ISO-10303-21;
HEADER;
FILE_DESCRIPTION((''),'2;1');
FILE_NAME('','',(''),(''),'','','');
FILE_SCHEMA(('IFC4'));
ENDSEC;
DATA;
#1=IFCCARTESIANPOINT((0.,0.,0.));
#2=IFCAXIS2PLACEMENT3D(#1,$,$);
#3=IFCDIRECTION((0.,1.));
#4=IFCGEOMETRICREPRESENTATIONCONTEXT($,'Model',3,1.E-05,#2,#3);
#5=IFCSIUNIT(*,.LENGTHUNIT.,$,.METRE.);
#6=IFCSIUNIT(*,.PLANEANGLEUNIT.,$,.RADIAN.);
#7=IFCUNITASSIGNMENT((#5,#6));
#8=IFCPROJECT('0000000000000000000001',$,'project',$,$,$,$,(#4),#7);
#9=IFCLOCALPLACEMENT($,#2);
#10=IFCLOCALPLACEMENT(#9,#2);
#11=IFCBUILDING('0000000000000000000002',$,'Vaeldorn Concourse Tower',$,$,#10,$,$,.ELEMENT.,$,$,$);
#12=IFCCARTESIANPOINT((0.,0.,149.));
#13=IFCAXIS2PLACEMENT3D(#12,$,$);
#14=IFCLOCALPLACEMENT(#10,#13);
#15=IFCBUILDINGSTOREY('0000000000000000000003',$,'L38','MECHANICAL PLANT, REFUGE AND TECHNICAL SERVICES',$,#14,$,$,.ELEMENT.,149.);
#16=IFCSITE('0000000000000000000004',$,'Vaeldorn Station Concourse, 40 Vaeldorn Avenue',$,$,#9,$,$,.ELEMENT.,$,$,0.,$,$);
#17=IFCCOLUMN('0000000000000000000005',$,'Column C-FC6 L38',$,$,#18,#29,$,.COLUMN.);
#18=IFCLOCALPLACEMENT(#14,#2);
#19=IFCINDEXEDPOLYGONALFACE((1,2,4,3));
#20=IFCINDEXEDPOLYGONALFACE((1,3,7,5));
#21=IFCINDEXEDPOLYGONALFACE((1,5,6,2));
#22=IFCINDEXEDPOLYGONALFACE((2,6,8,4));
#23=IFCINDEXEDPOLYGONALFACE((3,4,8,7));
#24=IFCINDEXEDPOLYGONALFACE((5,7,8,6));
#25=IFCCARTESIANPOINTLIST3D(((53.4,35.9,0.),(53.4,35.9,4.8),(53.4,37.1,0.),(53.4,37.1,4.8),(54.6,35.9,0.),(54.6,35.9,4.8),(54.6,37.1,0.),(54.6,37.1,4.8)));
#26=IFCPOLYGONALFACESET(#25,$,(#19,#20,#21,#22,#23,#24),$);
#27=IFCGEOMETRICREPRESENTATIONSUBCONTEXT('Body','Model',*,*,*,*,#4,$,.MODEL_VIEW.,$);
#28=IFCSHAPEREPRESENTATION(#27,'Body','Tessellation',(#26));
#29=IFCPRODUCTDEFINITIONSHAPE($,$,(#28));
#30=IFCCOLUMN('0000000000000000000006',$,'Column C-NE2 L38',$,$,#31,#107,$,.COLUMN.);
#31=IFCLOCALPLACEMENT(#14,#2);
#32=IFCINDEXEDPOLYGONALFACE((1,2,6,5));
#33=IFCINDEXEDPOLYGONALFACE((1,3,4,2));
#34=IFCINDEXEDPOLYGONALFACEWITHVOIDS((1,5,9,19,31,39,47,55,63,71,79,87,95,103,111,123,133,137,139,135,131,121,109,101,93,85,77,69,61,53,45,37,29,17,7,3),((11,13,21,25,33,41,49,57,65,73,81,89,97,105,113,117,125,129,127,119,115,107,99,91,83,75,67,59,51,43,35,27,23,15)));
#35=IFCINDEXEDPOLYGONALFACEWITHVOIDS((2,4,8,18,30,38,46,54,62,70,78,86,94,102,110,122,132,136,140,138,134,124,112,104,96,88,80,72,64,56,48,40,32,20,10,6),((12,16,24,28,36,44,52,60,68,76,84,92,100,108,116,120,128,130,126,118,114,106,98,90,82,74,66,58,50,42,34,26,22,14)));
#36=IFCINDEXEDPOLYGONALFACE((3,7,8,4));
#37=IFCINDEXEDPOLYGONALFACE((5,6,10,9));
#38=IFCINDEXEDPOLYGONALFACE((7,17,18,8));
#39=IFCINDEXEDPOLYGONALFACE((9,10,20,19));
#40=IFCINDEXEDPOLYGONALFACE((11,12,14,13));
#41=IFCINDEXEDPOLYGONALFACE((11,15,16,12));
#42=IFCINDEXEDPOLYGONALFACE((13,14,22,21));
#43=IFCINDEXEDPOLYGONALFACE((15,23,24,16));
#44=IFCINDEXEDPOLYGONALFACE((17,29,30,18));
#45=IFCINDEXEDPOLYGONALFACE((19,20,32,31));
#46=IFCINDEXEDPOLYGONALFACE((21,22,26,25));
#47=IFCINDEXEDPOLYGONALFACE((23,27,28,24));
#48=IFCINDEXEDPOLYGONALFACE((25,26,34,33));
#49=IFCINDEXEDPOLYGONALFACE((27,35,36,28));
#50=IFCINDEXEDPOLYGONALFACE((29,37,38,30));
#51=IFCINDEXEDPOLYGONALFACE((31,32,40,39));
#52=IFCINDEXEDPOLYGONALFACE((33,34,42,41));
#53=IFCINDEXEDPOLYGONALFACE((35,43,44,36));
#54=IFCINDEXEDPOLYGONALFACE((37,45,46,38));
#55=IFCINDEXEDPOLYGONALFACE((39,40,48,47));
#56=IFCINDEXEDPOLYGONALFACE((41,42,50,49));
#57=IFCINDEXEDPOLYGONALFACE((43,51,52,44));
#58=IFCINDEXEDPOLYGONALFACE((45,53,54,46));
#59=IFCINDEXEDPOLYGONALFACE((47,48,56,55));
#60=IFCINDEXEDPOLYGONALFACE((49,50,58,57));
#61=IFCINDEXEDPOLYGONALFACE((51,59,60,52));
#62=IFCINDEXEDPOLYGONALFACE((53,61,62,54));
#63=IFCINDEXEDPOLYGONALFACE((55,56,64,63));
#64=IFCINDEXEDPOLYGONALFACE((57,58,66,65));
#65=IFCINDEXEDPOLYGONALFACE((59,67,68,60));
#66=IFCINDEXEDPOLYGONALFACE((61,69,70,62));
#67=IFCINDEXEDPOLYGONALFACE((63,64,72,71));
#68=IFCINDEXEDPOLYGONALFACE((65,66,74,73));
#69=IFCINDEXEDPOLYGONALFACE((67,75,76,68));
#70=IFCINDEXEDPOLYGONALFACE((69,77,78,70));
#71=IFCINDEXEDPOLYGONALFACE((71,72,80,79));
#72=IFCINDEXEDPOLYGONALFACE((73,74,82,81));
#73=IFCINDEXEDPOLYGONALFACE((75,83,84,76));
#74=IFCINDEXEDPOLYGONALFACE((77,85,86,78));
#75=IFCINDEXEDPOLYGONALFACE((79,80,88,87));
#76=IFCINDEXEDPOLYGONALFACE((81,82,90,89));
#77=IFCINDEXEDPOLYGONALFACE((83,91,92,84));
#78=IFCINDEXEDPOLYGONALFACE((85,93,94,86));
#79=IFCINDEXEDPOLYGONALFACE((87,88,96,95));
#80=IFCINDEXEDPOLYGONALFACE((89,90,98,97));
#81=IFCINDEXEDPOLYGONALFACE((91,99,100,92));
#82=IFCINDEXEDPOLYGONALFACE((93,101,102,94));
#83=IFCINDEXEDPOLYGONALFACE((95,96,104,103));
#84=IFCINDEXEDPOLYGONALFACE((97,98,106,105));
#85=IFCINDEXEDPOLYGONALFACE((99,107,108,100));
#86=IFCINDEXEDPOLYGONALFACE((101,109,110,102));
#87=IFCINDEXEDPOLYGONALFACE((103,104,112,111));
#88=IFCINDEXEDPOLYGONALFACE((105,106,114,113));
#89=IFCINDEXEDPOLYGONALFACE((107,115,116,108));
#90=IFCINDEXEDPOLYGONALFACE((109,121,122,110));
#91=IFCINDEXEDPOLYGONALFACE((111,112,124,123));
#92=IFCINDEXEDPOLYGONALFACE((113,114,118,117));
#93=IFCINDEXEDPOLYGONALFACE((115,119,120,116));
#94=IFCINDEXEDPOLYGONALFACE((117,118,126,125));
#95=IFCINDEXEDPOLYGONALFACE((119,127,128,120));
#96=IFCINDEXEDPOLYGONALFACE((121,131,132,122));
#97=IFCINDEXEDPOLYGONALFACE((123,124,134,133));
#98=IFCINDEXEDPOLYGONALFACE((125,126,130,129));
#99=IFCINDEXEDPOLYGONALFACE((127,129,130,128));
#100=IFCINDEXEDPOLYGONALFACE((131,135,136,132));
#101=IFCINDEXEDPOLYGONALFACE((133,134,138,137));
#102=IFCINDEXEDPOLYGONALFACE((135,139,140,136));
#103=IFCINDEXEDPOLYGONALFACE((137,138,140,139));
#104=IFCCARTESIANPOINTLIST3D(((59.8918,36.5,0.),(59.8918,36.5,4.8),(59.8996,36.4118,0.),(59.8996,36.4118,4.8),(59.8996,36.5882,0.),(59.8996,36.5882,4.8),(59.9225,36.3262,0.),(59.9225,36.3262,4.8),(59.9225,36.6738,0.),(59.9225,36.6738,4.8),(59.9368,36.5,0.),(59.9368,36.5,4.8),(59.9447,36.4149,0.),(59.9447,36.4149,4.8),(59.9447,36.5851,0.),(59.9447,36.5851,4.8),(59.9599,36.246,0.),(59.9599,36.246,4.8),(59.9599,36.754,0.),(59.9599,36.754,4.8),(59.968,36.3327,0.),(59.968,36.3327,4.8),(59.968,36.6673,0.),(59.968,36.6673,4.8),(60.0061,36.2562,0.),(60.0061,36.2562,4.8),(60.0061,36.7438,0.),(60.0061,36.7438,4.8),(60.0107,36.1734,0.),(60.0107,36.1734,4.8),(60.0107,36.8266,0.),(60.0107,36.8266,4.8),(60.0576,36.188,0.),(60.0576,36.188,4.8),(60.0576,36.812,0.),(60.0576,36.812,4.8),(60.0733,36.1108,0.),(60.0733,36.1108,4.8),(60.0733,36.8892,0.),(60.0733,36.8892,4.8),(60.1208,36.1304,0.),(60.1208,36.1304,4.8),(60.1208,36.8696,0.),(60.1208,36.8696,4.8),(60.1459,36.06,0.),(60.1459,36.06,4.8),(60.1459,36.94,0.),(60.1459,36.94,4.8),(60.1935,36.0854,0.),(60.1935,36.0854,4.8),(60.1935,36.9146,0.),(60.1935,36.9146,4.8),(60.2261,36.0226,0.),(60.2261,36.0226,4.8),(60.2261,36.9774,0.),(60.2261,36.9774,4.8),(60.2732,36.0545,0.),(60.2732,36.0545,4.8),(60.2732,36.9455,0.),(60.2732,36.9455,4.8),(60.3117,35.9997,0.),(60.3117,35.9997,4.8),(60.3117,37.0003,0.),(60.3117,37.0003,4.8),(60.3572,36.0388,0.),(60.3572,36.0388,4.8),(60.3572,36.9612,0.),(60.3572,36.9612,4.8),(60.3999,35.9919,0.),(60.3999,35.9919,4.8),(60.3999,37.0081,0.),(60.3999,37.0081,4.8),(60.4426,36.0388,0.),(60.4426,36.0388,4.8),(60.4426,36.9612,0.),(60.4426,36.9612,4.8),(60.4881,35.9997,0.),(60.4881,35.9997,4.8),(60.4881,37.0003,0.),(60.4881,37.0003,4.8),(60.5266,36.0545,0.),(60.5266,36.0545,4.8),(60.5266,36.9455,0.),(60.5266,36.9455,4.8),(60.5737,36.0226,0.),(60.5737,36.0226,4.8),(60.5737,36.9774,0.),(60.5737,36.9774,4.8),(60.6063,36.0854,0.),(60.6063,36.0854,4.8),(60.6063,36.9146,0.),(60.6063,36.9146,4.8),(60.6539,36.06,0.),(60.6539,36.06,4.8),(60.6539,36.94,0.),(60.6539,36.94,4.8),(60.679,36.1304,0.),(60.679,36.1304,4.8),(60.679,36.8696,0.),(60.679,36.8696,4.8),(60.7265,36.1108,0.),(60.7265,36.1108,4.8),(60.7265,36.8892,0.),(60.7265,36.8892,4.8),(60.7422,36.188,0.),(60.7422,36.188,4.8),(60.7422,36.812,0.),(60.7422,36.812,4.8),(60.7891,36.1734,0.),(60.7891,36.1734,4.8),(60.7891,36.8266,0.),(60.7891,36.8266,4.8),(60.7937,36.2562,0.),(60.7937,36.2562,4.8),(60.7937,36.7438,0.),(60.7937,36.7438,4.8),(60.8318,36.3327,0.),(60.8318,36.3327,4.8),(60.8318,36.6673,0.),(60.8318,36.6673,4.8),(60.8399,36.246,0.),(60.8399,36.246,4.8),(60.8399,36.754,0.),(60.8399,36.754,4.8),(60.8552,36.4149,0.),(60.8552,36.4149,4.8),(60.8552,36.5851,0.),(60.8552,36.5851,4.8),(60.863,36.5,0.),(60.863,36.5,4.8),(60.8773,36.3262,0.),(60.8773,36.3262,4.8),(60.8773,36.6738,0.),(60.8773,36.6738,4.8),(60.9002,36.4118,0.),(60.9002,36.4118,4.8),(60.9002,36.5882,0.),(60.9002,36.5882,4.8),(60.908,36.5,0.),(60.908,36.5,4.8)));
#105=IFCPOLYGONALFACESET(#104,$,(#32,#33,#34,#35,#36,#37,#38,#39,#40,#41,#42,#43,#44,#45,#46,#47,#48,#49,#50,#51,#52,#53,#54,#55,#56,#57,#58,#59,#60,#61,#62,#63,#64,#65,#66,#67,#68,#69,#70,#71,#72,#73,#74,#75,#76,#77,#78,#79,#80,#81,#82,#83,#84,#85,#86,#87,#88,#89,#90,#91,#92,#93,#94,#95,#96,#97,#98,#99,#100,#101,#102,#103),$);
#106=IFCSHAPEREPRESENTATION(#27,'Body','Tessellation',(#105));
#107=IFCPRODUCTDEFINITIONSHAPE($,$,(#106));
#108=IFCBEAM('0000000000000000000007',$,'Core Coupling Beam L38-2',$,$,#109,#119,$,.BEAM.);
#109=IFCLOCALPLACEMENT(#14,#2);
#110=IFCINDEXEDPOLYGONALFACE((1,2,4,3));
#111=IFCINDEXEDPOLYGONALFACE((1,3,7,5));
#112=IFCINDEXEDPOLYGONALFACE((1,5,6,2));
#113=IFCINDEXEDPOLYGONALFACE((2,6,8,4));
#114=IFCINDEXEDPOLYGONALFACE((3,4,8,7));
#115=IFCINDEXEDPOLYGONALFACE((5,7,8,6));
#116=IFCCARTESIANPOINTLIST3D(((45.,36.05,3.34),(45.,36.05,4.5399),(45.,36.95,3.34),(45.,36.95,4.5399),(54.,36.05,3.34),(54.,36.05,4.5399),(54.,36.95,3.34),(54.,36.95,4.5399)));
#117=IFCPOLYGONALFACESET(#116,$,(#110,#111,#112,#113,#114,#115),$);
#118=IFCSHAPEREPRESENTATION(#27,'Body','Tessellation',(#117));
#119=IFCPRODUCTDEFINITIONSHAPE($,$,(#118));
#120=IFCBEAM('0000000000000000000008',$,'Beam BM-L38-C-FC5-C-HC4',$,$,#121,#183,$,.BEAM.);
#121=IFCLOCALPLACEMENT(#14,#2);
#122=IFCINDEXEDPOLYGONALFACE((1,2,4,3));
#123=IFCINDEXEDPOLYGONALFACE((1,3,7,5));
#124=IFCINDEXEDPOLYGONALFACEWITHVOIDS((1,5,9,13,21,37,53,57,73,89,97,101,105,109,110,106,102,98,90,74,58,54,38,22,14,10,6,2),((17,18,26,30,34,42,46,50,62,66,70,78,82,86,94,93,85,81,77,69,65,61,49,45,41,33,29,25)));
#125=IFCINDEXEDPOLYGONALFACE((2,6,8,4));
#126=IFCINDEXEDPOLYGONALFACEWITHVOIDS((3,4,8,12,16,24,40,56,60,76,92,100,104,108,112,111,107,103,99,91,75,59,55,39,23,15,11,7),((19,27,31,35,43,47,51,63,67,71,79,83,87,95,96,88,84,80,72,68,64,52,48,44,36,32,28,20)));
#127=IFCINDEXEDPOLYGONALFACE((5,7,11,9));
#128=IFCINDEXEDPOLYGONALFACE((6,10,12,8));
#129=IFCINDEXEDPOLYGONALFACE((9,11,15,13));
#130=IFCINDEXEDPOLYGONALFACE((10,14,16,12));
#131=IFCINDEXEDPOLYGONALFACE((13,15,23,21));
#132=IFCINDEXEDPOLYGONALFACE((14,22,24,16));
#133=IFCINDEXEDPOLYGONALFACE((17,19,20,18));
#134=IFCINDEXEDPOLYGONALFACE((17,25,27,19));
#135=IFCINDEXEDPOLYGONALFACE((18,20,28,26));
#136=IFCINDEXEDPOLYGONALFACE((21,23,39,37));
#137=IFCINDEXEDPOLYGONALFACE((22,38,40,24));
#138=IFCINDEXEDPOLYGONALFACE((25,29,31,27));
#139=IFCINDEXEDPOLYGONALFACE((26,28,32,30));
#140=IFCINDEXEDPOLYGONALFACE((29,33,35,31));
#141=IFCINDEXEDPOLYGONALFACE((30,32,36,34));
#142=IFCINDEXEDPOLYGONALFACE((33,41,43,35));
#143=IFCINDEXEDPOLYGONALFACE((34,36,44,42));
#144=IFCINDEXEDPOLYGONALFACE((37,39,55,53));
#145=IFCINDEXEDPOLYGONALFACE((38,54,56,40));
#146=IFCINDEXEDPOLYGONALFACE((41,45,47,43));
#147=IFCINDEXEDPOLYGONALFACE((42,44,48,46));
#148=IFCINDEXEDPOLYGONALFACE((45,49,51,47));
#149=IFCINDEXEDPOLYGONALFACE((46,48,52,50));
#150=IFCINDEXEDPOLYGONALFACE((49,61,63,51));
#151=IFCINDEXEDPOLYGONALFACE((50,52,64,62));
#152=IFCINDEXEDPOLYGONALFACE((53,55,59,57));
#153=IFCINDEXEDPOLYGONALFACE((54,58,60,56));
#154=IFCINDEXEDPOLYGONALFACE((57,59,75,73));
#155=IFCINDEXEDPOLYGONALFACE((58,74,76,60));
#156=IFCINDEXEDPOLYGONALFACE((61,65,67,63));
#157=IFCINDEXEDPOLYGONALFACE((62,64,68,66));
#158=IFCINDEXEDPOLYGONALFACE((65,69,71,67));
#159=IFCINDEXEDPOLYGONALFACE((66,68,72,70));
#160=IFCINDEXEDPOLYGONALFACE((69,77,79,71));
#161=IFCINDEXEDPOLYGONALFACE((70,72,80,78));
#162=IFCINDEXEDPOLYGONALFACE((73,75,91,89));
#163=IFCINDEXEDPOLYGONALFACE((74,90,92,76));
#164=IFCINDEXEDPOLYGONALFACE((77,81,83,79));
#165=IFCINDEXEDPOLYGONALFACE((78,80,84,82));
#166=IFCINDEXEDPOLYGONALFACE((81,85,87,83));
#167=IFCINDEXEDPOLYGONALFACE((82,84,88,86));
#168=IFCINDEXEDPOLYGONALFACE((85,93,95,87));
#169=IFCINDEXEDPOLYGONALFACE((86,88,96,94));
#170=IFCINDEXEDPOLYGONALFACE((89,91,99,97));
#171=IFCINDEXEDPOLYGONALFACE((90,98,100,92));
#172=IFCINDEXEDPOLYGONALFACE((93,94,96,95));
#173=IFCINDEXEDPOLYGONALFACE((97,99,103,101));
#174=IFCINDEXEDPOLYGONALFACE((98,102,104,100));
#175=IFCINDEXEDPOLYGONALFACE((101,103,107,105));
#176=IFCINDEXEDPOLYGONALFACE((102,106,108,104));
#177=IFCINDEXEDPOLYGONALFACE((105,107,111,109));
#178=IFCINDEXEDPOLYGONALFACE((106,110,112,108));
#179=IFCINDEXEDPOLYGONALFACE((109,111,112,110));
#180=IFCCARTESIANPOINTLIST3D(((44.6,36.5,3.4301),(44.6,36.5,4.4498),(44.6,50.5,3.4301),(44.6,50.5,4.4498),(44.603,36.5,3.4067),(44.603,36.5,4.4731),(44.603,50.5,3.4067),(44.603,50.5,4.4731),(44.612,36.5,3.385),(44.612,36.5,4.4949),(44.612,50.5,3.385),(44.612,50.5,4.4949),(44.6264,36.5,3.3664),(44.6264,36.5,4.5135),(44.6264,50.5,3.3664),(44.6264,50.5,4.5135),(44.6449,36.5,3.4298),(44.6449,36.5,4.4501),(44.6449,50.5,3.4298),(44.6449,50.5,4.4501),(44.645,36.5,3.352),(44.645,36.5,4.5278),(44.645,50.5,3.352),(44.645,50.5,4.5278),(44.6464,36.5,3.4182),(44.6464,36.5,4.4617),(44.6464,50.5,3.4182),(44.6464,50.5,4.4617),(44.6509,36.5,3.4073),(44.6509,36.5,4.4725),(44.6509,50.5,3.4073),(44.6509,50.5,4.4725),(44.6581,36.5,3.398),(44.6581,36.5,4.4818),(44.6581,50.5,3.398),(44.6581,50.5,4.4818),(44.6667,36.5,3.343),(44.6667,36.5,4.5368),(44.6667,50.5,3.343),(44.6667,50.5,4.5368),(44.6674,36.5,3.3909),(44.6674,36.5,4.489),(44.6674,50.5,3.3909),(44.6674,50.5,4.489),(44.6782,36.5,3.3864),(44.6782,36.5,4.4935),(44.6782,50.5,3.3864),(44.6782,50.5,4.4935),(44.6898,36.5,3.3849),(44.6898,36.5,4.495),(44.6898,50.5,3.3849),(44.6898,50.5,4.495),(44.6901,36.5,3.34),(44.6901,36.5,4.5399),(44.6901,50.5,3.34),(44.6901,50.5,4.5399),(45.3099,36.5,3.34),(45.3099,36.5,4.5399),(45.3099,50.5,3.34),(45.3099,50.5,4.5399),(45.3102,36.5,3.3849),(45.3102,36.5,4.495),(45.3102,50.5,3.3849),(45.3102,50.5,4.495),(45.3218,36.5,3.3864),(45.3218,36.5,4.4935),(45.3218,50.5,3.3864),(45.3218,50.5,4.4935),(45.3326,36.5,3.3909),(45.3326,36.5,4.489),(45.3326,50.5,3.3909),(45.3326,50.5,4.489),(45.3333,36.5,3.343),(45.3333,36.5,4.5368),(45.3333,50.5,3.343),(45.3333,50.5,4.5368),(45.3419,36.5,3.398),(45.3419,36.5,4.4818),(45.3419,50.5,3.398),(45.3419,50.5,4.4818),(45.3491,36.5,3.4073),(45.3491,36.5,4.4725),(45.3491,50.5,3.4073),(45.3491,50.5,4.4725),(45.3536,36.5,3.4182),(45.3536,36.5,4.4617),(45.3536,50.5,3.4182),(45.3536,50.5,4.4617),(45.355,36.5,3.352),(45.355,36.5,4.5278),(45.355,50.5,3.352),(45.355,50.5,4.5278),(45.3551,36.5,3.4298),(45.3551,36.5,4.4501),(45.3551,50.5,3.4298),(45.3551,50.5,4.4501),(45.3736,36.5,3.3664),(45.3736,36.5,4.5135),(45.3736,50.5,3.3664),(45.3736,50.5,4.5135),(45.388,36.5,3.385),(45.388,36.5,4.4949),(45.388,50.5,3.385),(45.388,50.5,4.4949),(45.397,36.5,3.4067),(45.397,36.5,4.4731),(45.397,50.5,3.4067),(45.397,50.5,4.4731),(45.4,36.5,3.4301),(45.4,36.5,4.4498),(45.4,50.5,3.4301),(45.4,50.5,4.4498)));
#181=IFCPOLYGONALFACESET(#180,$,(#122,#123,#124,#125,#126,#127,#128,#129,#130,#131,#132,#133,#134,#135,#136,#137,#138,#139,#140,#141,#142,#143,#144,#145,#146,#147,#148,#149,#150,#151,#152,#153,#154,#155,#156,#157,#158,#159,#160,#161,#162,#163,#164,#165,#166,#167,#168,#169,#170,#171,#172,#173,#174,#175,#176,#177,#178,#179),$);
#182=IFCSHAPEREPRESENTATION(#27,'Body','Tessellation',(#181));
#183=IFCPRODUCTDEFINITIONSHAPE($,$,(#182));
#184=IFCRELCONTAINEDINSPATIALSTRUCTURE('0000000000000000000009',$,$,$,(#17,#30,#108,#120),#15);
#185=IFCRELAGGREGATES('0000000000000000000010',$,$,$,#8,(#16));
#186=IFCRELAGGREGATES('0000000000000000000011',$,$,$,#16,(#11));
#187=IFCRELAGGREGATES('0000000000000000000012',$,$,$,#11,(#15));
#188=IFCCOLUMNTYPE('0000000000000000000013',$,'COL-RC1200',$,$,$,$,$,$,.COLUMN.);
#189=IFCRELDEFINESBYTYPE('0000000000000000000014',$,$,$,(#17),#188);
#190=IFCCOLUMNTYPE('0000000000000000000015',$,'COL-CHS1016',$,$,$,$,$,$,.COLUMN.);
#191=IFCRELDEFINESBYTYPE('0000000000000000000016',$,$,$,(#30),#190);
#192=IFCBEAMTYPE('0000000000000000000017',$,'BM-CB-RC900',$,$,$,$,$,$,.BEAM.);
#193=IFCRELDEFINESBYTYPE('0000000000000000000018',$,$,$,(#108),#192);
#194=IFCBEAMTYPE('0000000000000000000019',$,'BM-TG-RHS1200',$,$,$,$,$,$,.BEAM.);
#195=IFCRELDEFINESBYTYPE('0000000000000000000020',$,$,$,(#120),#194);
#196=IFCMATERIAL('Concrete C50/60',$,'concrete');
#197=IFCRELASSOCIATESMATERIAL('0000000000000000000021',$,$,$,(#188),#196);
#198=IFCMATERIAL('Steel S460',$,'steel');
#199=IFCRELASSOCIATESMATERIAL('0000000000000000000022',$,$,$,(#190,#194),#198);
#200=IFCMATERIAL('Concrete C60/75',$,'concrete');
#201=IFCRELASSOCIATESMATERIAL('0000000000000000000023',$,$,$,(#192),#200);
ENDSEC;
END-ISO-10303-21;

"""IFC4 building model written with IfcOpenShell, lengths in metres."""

from ifc_helpers import new_model, si_unit, direction, frame, origin, origin_2d, place, context, subcontext, project, spatial, rectangle, hollow_rectangle, hollow_circle, extrude, source, transform, mapped, material, material_profile, profile_set, type_object, element, save


model = new_model("IFC4")

# Units and contexts
model_context = context("Model", 3, precision=1e-05, world=origin(), true_north=direction((0.0, 1.0)))
body_context = subcontext(model_context, "Body", "Model", "MODEL_VIEW")
ifc_project = project(units=[si_unit("LENGTHUNIT", "METRE"), si_unit("PLANEANGLEUNIT", "RADIAN")], contexts=[model_context])

# Site, building, storey
site_placement = place(None, origin())
site = spatial("IfcSite", under=ifc_project, at=site_placement, Name="Vaeldorn Station Concourse, 40 Vaeldorn Avenue", CompositionType="ELEMENT", RefElevation=0.0)
building_placement = place(site_placement, origin())
building = spatial("IfcBuilding", under=site, at=building_placement, Name="Vaeldorn Concourse Tower", CompositionType="ELEMENT")
storey_placement = place(building_placement, frame((0.0, 0.0, 149.0)))
storey = spatial("IfcBuildingStorey", under=building, at=storey_placement, Name="L38", Description="MECHANICAL PLANT, REFUGE AND TECHNICAL SERVICES", CompositionType="ELEMENT", Elevation=149.0)

# Columns
ifc_material_1 = material(Name="Concrete C50/60", Category="concrete")
ifc_material_profile_1 = material_profile(ifc_material_1, rectangle(XDim=1.2, YDim=1.2, at=origin_2d()), Name="RC 1200x1200")
ifc_profile_set_1 = profile_set([ifc_material_profile_1], Name="Concrete C50/60")
column_type_1 = type_object("IfcColumnType", Name="COL-RC1200", PredefinedType="COLUMN", material=ifc_profile_set_1)
shared_shape_1 = source(origin(), body_context, "Body", "SweptSolid", [
    extrude(rectangle(XDim=1.2, YDim=1.2, at=origin_2d()), origin(), (0.0, 0.0, 1.0), 4.8),
])
column_1_placement = place(storey_placement, frame((54.0, 36.5, 0.0), z_axis=(0.0, 0.0, 1.0), x_axis=(1.0, 0.0, 0.0)))
element("IfcColumn", 1, at=column_1_placement, inside=storey, type_object=column_type_1, Name="Column C-FC6 L38", PredefinedType="COLUMN", context=body_context, shape_type="MappedRepresentation", body=[
    mapped(shared_shape_1, transform((0.0, 0.0, 0.0), scale=1.0)),
])
ifc_material_2 = material(Name="Steel S460", Category="steel")
ifc_material_profile_2 = material_profile(ifc_material_2, hollow_circle(Radius=0.5081, WallThickness=0.0449, at=origin_2d()), Name="CHS 1016x45")
ifc_profile_set_2 = profile_set([ifc_material_profile_2], Name="Steel S460")
column_type_2 = type_object("IfcColumnType", Name="COL-CHS1016", PredefinedType="COLUMN", material=ifc_profile_set_2)
shared_shape_2 = source(origin(), body_context, "Body", "SweptSolid", [
    extrude(hollow_circle(Radius=0.5081, WallThickness=0.0449, at=origin_2d()), origin(), (0.0, 0.0, 1.0), 4.8),
])
column_2_placement = place(storey_placement, frame((60.3999, 36.5, 0.0), z_axis=(0.0, 0.0, 1.0), x_axis=(1.0, 0.0, 0.0)))
element("IfcColumn", 2, at=column_2_placement, inside=storey, type_object=column_type_2, Name="Column C-NE2 L38", PredefinedType="COLUMN", context=body_context, shape_type="MappedRepresentation", body=[
    mapped(shared_shape_2, transform((0.0, 0.0, 0.0), scale=1.0)),
])

# Beams
ifc_material_3 = material(Name="Concrete C60/75", Category="concrete")
ifc_material_profile_3 = material_profile(ifc_material_3, rectangle(XDim=0.8999, YDim=1.2, at=origin_2d()), Name="RC 900x1200")
ifc_profile_set_3 = profile_set([ifc_material_profile_3], Name="Concrete C60/75")
beam_type_1 = type_object("IfcBeamType", Name="BM-CB-RC900", PredefinedType="BEAM", material=ifc_profile_set_3)
shared_shape_3 = source(origin(), body_context, "Body", "SweptSolid", [
    extrude(rectangle(XDim=0.8999, YDim=1.2, at=origin_2d()), origin(), (0.0, 0.0, 1.0), 9.0),
])
beam_1_placement = place(storey_placement, frame((45.0, 36.5, 3.9399), z_axis=(1.0, 0.0, 0.0), x_axis=(0.0, 1.0, 0.0)))
element("IfcBeam", 3, at=beam_1_placement, inside=storey, type_object=beam_type_1, Name="Core Coupling Beam L38-2", PredefinedType="BEAM", context=body_context, shape_type="MappedRepresentation", body=[
    mapped(shared_shape_3, transform((0.0, 0.0, 0.0), scale=1.0)),
])
ifc_material_profile_4 = material_profile(ifc_material_2, hollow_rectangle(XDim=0.8, YDim=1.2, WallThickness=0.0449, InnerFilletRadius=0.0449, OuterFilletRadius=0.0901, at=origin_2d()), Name="RHS 1200x800x45")
ifc_profile_set_4 = profile_set([ifc_material_profile_4], Name="Steel S460")
beam_type_2 = type_object("IfcBeamType", Name="BM-TG-RHS1200", PredefinedType="BEAM", material=ifc_profile_set_4)
shared_shape_4 = source(origin(), body_context, "Body", "SweptSolid", [
    extrude(hollow_rectangle(XDim=0.8, YDim=1.2, WallThickness=0.0449, InnerFilletRadius=0.0449, OuterFilletRadius=0.0901, at=origin_2d()), origin(), (0.0, 0.0, 1.0), 14.0),
])
for number, where, z_axis, x_axis, name in (
    (4, (45.0, 36.5, 3.9399), (0.0, 1.0, 0.0), (-1.0, 0.0, 0.0), "Beam BM-L38-C-FC5-C-HC4"),
):
    element("IfcBeam", number, at=place(storey_placement, frame(where, z_axis=z_axis, x_axis=x_axis)), inside=storey, type_object=beam_type_2, Name=name, PredefinedType="BEAM", context=body_context, shape_type="MappedRepresentation", body=[
        mapped(shared_shape_4, transform((0.0, 0.0, 0.0), scale=1.0)),
    ])

save(model, "model.ifc")
